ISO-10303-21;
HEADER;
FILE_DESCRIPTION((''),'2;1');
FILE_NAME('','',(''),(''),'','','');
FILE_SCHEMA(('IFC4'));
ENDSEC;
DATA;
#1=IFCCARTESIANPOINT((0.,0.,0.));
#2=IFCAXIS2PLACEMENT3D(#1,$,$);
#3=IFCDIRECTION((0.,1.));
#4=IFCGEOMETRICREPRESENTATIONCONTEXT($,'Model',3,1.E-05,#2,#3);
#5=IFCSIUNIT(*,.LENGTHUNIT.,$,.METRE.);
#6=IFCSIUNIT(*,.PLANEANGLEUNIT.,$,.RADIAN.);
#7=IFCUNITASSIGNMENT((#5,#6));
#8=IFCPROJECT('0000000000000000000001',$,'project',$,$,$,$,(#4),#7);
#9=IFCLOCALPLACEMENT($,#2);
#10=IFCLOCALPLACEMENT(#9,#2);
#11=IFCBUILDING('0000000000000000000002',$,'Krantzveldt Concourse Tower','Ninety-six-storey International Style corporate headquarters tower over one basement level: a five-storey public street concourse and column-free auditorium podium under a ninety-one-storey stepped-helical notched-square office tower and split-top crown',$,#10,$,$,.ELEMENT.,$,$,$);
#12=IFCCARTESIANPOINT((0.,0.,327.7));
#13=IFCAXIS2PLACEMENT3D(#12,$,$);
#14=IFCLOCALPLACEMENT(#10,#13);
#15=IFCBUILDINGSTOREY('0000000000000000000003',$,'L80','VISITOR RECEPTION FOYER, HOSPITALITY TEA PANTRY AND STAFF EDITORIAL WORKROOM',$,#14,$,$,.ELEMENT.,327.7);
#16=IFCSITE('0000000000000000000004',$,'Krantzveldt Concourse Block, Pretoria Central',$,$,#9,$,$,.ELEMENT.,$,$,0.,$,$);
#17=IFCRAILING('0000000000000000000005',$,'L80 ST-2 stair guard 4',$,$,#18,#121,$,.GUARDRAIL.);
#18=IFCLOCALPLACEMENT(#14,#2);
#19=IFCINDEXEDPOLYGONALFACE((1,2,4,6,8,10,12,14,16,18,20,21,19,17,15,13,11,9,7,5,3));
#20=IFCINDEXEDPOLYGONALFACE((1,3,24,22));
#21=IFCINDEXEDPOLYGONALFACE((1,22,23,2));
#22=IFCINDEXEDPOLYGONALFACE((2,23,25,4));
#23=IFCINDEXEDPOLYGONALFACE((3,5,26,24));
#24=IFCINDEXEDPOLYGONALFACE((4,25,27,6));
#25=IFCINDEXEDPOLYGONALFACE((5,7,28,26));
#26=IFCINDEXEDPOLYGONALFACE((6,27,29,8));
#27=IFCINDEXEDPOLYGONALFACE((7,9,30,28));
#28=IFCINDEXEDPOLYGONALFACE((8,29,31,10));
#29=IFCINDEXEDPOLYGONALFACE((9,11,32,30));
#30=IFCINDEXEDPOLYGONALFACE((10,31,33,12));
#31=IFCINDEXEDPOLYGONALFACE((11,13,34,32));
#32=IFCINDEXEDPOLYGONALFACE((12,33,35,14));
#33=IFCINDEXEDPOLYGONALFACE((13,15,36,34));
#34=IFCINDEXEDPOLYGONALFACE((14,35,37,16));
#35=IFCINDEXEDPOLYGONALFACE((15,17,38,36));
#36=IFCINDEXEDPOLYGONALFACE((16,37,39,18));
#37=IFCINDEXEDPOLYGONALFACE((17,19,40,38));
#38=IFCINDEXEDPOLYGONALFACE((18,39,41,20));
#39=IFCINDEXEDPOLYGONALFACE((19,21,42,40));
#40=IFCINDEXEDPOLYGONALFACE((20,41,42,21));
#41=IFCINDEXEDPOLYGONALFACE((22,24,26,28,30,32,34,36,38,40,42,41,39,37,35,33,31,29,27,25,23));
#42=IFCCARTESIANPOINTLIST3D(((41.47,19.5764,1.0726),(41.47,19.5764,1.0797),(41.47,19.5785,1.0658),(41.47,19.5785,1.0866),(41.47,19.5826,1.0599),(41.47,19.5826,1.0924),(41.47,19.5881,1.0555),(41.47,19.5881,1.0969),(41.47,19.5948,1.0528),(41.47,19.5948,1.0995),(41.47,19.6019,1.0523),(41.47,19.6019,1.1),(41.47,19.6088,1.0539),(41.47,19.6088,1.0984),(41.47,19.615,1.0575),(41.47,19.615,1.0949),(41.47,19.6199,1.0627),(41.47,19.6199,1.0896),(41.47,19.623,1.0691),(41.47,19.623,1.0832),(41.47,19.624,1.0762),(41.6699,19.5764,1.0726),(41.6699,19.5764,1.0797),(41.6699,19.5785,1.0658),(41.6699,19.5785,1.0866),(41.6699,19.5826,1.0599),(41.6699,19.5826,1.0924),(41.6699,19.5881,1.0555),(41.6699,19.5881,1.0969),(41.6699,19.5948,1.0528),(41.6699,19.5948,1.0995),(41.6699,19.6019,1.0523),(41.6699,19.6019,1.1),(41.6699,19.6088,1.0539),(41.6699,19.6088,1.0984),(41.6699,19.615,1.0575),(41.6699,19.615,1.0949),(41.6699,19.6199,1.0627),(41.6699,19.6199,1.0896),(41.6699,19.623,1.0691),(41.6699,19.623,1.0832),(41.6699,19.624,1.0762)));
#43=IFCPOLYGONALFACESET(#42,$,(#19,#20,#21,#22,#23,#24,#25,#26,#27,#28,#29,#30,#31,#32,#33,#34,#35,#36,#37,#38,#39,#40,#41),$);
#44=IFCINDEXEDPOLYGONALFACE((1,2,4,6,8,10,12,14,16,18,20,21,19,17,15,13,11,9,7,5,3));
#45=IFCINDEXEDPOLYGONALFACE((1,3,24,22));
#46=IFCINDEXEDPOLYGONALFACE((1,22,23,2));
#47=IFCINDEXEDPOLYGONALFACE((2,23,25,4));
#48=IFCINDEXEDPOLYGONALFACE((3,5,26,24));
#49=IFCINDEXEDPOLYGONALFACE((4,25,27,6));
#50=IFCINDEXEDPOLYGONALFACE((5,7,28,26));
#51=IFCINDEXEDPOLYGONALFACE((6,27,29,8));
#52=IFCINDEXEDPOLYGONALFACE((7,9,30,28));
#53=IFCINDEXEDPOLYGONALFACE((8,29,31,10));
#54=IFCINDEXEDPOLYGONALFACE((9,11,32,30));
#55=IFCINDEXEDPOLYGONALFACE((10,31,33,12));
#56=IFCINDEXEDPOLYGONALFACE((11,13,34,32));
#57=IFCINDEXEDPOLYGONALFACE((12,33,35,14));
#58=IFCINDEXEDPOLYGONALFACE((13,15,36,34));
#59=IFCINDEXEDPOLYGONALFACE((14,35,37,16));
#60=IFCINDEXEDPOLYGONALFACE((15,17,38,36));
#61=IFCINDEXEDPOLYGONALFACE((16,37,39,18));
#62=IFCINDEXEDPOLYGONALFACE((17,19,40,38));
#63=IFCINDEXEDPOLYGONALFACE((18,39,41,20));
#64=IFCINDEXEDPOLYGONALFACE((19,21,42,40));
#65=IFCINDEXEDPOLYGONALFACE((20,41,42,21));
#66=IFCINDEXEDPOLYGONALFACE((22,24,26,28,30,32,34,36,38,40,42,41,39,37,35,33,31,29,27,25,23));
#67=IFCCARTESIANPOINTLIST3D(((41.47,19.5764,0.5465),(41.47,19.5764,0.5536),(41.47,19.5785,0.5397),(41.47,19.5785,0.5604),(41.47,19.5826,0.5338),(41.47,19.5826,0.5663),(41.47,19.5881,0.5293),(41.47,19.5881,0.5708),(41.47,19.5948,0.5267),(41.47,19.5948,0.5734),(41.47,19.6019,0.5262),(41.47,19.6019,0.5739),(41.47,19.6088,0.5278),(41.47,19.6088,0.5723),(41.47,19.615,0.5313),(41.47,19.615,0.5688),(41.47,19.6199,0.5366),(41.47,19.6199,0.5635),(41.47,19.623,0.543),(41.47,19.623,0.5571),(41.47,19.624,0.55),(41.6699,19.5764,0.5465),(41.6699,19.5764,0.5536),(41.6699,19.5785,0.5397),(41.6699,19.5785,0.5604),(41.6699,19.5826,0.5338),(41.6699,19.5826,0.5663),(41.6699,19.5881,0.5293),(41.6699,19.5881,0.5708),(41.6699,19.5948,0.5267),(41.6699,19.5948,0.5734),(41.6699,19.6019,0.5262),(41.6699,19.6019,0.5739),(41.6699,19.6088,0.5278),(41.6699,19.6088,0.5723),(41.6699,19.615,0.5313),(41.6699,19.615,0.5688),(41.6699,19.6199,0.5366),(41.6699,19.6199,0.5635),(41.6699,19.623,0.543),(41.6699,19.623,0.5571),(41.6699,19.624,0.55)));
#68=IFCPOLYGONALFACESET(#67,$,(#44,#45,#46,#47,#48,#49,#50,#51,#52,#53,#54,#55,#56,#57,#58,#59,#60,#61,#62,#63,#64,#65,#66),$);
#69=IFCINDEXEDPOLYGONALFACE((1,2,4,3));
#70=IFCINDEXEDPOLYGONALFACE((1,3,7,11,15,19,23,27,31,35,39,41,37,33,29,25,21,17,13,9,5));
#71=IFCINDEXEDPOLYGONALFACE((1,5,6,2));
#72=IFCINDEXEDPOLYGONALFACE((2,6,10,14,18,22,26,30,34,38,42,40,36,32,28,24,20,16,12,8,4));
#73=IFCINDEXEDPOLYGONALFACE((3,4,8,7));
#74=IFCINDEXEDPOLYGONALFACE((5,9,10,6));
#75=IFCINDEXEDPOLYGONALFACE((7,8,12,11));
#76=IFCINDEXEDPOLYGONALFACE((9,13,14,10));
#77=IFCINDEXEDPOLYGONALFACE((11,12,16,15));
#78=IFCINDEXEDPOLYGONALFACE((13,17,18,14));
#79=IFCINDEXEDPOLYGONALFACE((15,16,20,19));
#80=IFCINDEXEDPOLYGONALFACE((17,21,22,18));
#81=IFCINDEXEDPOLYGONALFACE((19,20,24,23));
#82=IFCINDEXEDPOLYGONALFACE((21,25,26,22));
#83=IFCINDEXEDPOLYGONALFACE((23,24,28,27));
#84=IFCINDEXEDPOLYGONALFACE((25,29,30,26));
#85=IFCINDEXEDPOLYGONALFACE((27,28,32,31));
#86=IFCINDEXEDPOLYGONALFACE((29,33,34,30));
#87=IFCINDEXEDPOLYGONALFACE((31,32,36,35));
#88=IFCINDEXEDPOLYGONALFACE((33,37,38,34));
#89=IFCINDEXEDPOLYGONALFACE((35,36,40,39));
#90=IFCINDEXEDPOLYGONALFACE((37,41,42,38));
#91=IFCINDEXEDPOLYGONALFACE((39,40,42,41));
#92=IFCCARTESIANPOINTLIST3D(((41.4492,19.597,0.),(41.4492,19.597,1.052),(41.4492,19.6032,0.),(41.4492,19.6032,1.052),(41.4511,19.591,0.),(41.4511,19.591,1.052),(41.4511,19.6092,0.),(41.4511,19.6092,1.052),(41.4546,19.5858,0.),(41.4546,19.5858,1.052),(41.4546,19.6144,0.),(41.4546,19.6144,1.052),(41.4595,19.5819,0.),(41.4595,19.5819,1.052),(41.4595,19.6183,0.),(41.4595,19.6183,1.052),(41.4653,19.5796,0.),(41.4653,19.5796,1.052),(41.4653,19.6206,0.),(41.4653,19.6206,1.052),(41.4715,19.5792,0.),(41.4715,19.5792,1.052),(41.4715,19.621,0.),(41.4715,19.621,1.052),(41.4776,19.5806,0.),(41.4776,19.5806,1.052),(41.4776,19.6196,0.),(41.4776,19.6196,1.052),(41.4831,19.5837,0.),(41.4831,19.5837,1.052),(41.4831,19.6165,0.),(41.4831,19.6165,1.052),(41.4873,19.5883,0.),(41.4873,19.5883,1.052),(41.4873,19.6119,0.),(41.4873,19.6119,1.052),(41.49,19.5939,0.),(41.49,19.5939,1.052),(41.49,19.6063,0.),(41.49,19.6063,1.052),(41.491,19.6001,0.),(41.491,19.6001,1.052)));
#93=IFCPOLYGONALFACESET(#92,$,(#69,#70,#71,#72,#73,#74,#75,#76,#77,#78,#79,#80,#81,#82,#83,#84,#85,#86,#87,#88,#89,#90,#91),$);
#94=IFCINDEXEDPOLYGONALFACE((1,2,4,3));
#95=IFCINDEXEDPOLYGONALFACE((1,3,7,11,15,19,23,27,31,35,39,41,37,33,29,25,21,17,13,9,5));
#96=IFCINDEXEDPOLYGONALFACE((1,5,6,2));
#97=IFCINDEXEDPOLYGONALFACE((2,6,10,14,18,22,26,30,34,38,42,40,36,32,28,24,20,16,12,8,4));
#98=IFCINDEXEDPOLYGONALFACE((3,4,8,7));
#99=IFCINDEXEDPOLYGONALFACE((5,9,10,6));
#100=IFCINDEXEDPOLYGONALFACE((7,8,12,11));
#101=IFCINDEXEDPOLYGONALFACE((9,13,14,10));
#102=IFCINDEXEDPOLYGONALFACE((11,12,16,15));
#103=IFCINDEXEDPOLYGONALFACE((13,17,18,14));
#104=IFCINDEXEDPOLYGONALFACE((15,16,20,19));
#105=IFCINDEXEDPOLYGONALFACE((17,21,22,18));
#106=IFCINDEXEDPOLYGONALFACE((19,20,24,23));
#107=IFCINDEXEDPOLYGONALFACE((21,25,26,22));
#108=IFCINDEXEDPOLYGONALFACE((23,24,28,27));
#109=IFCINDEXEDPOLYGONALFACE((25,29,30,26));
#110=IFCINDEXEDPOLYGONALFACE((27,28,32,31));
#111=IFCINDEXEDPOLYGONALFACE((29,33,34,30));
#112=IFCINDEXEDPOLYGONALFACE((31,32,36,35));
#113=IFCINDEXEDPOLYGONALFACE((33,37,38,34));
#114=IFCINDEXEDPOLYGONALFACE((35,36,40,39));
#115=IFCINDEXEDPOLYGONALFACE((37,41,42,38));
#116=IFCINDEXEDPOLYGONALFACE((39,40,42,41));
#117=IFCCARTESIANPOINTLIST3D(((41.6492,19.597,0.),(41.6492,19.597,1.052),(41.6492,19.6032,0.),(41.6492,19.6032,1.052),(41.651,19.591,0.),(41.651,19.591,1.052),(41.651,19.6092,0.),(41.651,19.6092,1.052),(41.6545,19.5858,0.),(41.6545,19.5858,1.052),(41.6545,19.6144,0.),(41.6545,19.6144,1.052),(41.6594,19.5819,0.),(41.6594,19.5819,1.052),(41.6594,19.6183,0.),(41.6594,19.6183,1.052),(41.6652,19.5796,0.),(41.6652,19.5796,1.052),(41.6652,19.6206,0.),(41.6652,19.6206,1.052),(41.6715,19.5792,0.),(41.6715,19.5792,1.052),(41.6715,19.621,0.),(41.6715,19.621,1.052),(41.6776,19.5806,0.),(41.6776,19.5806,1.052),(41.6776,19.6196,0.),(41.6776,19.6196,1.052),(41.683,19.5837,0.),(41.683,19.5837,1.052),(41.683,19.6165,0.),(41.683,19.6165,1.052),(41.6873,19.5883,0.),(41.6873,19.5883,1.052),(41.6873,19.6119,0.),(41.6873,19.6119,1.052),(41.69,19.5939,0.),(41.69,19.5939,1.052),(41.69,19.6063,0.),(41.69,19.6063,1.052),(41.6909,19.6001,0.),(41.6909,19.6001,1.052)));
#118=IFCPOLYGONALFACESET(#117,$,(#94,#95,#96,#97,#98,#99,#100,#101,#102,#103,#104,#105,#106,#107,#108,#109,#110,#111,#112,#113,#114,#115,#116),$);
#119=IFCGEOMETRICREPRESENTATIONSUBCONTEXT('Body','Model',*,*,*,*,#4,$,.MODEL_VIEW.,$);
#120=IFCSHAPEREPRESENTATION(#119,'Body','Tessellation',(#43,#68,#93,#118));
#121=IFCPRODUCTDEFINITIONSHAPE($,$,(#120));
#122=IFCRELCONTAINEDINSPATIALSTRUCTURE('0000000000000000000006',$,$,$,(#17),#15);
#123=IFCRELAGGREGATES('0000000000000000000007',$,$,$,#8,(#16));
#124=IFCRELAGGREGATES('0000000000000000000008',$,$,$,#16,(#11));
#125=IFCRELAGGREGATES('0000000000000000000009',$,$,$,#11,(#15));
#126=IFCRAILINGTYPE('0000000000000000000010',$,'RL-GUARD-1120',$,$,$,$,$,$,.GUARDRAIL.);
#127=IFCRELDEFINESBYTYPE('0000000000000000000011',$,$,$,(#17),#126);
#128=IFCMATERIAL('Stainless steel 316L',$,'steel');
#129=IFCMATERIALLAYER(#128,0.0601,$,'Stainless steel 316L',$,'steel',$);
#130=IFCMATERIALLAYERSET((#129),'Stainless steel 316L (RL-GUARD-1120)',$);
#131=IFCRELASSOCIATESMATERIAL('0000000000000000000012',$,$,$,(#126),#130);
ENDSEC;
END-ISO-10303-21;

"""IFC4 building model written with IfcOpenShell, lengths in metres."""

from ifc_helpers import new_model, si_unit, direction, frame, origin, origin_2d, place, context, subcontext, project, spatial, circle, extrude, material, layer, layer_set, type_object, element, save


model = new_model("IFC4")

# Units and contexts
model_context = context("Model", 3, precision=1e-05, world=origin(), true_north=direction((0.0, 1.0)))
body_context = subcontext(model_context, "Body", "Model", "MODEL_VIEW")
ifc_project = project(units=[si_unit("LENGTHUNIT", "METRE"), si_unit("PLANEANGLEUNIT", "RADIAN")], contexts=[model_context])

# Site, building, storey
site_placement = place(None, origin())
site = spatial("IfcSite", under=ifc_project, at=site_placement, Name="Krantzveldt Concourse Block, Pretoria Central", CompositionType="ELEMENT", RefElevation=0.0)
building_placement = place(site_placement, origin())
building = spatial("IfcBuilding", under=site, at=building_placement, Name="Krantzveldt Concourse Tower", Description="Ninety-six-storey International Style corporate headquarters tower over one basement level: a five-storey public street concourse and column-free auditorium podium under a ninety-one-storey stepped-helical notched-square office tower and split-top crown", CompositionType="ELEMENT")
storey_placement = place(building_placement, frame((0.0, 0.0, 327.7)))
storey = spatial("IfcBuildingStorey", under=building, at=storey_placement, Name="L80", Description="VISITOR RECEPTION FOYER, HOSPITALITY TEA PANTRY AND STAFF EDITORIAL WORKROOM", CompositionType="ELEMENT", Elevation=327.7)

# Shared definitions
ifc_material_1 = material(Name="Stainless steel 316L", Category="steel")

# Railing
ifc_layer_1 = layer(ifc_material_1, 0.0601, Name="Stainless steel 316L", Category="steel")
ifc_layer_set_1 = layer_set([ifc_layer_1], Name="Stainless steel 316L (RL-GUARD-1120)")
railing_type_1 = type_object("IfcRailingType", Name="RL-GUARD-1120", PredefinedType="GUARDRAIL", material=ifc_layer_set_1)
railing_1_placement = place(storey_placement, frame((41.47, 19.6001, 0.0)))
element("IfcRailing", 1, at=railing_1_placement, inside=storey, type_object=railing_type_1, Name="L80 ST-2 stair guard 4", PredefinedType="GUARDRAIL", context=body_context, shape_type="SweptSolid", body=[
    extrude(circle(Radius=0.0239, at=origin_2d()), frame((0.0, 0.0, 1.0762), z_axis=(1.0, 0.0, 0.0), x_axis=(0.0, 1.0, 0.0)), (0.0, 0.0, 1.0), 0.2),
    extrude(circle(Radius=0.0239, at=origin_2d()), frame((0.0, 0.0, 0.55), z_axis=(1.0, 0.0, 0.0), x_axis=(0.0, 1.0, 0.0)), (0.0, 0.0, 1.0), 0.2),
    extrude(circle(Radius=0.021, at=origin_2d()), origin(), (0.0, 0.0, 1.0), 1.052),
    extrude(circle(Radius=0.021, at=origin_2d()), frame((0.2, 0.0, 0.0)), (0.0, 0.0, 1.0), 1.052),
])

save(model, "model.ifc")
